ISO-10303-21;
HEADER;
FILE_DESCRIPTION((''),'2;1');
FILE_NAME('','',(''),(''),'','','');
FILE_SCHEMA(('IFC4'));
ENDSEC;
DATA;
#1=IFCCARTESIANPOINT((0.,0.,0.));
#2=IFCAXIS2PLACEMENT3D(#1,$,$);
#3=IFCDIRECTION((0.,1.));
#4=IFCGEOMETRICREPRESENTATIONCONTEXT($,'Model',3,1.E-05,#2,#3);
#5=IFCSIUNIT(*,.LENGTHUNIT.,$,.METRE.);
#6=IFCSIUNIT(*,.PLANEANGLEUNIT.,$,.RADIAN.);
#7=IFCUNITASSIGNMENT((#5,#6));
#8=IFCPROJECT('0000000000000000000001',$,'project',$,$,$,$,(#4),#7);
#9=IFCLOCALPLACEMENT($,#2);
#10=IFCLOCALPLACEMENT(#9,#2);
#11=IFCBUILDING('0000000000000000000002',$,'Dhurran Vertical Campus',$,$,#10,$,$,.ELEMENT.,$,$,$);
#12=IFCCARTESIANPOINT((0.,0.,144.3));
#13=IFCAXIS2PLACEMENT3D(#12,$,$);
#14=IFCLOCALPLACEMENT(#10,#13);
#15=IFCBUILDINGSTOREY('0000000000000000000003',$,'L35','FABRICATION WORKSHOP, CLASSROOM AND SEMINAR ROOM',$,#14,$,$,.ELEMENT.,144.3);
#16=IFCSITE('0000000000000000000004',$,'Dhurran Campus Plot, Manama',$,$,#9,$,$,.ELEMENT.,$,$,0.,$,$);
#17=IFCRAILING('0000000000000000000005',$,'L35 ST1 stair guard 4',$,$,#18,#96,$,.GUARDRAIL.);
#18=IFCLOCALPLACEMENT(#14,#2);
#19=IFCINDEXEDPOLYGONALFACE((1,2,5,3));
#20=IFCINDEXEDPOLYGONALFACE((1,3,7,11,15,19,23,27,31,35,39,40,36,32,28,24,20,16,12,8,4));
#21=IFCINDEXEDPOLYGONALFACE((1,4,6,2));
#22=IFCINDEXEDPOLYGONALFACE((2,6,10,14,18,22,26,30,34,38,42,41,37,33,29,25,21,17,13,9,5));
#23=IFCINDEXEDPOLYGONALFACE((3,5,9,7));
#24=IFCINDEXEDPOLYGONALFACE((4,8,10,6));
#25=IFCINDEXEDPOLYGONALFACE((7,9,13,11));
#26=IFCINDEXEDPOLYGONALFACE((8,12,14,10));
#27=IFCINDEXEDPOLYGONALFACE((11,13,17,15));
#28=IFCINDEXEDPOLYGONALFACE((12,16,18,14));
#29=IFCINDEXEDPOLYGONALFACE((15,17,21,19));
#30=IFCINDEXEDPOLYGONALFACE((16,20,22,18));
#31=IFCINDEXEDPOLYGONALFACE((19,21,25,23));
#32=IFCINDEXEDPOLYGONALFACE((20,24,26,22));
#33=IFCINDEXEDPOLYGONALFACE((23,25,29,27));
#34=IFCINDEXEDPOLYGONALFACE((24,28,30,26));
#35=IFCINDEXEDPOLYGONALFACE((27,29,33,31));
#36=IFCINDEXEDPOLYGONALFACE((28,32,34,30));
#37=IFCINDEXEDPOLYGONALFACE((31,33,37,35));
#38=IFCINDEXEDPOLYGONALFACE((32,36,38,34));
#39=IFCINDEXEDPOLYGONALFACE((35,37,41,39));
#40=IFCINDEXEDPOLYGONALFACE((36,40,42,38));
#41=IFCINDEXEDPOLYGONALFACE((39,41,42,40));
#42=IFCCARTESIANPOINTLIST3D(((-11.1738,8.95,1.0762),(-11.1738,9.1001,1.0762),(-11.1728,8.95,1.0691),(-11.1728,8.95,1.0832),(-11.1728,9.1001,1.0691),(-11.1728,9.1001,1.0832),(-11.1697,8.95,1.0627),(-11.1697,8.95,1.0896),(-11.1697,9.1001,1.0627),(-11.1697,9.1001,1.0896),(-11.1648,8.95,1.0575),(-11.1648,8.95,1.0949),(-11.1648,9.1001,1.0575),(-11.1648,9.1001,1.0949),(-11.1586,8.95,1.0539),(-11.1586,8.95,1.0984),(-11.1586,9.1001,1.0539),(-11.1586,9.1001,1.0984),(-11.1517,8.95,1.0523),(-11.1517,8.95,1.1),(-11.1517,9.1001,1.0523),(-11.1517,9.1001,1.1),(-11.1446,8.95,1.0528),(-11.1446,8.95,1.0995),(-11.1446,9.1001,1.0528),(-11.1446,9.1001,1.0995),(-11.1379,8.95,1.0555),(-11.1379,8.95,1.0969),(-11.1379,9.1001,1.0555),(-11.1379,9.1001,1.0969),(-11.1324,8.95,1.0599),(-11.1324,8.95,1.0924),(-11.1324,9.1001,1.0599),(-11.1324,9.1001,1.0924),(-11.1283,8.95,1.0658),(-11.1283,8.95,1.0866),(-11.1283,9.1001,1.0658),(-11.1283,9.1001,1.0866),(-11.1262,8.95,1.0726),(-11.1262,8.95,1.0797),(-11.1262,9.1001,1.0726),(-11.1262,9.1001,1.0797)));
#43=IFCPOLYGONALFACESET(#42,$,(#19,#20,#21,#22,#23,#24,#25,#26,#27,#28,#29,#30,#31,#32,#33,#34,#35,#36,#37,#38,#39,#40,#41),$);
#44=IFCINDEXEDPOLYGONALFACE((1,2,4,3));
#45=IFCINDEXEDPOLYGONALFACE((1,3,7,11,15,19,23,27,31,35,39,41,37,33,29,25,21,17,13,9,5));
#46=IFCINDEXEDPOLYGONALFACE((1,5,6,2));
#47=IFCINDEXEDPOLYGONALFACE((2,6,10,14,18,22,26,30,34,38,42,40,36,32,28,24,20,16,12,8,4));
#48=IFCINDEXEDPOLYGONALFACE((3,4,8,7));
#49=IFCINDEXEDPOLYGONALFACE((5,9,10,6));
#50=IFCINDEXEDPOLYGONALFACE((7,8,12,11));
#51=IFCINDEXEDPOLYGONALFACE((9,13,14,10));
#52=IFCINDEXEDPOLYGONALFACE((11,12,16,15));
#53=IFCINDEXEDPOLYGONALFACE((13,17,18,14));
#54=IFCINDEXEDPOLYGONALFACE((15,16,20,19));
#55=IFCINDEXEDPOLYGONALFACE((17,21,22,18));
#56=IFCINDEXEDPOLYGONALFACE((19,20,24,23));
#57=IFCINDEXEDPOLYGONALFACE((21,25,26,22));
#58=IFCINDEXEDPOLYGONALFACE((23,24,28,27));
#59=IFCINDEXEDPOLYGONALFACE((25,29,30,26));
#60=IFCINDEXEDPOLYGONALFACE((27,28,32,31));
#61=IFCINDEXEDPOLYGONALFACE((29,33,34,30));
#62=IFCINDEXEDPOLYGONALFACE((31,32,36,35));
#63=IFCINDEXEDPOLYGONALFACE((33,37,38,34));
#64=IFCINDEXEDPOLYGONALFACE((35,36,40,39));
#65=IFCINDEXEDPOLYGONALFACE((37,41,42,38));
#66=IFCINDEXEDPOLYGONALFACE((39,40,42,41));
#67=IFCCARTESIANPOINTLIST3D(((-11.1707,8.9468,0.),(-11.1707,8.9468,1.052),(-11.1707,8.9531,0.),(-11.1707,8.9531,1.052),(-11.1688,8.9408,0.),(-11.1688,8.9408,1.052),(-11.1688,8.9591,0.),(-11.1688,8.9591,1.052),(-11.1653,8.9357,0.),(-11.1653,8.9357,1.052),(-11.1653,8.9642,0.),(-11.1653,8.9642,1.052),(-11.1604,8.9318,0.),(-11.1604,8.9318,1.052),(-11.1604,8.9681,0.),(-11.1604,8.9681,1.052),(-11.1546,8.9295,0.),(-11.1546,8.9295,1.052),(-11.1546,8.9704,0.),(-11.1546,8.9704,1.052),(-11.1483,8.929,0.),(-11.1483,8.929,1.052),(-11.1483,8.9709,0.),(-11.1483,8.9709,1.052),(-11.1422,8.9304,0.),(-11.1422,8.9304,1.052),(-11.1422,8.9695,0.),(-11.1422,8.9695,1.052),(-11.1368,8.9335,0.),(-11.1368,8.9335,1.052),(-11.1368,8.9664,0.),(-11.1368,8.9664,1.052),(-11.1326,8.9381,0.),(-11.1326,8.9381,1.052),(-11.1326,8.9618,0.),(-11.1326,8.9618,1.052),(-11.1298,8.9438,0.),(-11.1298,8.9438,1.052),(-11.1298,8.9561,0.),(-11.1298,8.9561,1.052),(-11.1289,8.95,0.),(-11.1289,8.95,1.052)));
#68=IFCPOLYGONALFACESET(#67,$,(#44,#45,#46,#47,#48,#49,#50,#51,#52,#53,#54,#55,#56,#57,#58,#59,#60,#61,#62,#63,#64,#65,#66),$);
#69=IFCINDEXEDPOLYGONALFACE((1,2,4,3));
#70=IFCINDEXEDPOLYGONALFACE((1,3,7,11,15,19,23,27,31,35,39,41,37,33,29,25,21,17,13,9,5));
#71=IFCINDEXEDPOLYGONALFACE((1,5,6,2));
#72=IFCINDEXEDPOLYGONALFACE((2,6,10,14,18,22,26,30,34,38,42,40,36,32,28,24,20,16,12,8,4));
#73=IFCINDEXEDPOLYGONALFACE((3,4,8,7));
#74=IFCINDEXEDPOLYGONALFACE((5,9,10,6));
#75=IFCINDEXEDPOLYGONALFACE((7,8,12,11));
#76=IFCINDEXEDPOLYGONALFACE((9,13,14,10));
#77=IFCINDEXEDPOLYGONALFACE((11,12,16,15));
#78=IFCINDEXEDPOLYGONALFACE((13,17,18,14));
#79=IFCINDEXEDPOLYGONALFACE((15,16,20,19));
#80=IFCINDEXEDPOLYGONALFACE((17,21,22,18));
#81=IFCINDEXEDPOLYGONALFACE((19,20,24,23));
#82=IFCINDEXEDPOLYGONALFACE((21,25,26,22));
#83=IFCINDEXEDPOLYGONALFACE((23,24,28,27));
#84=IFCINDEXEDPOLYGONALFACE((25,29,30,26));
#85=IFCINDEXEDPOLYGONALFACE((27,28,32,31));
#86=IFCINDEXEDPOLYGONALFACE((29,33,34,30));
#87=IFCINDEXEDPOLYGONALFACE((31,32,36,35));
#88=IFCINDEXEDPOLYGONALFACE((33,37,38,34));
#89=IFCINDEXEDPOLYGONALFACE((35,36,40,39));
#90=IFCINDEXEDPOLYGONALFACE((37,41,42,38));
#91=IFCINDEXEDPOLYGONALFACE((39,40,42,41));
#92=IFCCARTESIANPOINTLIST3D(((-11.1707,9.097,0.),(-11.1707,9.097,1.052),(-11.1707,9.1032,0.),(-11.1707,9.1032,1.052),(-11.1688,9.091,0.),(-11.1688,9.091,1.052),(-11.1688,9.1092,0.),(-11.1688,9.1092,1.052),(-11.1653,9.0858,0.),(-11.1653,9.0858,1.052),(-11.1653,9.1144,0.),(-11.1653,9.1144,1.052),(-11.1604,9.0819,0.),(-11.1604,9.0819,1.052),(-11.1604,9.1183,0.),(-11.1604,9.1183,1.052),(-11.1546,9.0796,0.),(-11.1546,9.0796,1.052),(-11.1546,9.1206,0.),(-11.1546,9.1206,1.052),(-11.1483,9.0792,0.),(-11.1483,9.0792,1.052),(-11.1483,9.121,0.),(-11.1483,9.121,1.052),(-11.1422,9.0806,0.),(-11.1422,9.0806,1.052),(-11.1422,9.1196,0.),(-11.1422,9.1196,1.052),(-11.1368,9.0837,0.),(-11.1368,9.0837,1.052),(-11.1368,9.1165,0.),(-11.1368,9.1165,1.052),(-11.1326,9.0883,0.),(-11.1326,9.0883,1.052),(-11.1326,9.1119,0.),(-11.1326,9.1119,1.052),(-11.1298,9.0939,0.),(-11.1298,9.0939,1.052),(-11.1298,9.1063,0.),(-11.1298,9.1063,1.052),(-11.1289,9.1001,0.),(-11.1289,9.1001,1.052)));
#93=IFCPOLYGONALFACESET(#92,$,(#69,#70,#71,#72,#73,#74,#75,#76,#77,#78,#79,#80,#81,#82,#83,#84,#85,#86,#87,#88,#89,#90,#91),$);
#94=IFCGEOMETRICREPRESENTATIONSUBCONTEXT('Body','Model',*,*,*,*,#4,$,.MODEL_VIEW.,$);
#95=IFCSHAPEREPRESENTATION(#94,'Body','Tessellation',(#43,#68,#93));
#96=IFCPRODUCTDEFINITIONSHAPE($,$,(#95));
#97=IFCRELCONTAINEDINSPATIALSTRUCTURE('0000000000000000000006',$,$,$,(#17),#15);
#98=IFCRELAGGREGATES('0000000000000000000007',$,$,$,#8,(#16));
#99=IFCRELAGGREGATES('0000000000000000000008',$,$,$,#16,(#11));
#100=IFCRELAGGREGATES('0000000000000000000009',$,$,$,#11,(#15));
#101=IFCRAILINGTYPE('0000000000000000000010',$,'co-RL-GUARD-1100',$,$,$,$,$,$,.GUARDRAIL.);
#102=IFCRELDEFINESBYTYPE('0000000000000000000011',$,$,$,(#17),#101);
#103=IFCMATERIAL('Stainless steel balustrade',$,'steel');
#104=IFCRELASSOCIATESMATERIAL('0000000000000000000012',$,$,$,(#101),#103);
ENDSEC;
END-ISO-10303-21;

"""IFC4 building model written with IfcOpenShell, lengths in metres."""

from ifc_helpers import new_model, si_unit, direction, frame, origin, origin_2d, place, context, subcontext, project, spatial, circle, extrude, material, type_object, element, save


model = new_model("IFC4")

# Units and contexts
model_context = context("Model", 3, precision=1e-05, world=origin(), true_north=direction((0.0, 1.0)))
body_context = subcontext(model_context, "Body", "Model", "MODEL_VIEW")
ifc_project = project(units=[si_unit("LENGTHUNIT", "METRE"), si_unit("PLANEANGLEUNIT", "RADIAN")], contexts=[model_context])

# Site, building, storey
site_placement = place(None, origin())
site = spatial("IfcSite", under=ifc_project, at=site_placement, Name="Dhurran Campus Plot, Manama", CompositionType="ELEMENT", RefElevation=0.0)
building_placement = place(site_placement, origin())
building = spatial("IfcBuilding", under=site, at=building_placement, Name="Dhurran Vertical Campus", CompositionType="ELEMENT")
storey_placement = place(building_placement, frame((0.0, 0.0, 144.3)))
storey = spatial("IfcBuildingStorey", under=building, at=storey_placement, Name="L35", Description="FABRICATION WORKSHOP, CLASSROOM AND SEMINAR ROOM", CompositionType="ELEMENT", Elevation=144.3)

# Railing
ifc_material_1 = material(Name="Stainless steel balustrade", Category="steel")
railing_type_1 = type_object("IfcRailingType", Name="co-RL-GUARD-1100", PredefinedType="GUARDRAIL", material=ifc_material_1)
railing_1_placement = place(storey_placement, frame((-11.1499, 8.95, 0.0)))
element("IfcRailing", 1, at=railing_1_placement, inside=storey, type_object=railing_type_1, Name="L35 ST1 stair guard 4", PredefinedType="GUARDRAIL", context=body_context, shape_type="SweptSolid", body=[
    extrude(circle(Radius=0.0239, at=origin_2d()), frame((0.0, 0.0, 1.0762), z_axis=(0.0, 1.0, 0.0), x_axis=(-1.0, 0.0, 0.0)), (0.0, 0.0, 1.0), 0.1501),
    extrude(circle(Radius=0.021, at=origin_2d()), origin(), (0.0, 0.0, 1.0), 1.052),
    extrude(circle(Radius=0.021, at=origin_2d()), frame((0.0, 0.1501, 0.0)), (0.0, 0.0, 1.0), 1.052),
])

save(model, "model.ifc")
